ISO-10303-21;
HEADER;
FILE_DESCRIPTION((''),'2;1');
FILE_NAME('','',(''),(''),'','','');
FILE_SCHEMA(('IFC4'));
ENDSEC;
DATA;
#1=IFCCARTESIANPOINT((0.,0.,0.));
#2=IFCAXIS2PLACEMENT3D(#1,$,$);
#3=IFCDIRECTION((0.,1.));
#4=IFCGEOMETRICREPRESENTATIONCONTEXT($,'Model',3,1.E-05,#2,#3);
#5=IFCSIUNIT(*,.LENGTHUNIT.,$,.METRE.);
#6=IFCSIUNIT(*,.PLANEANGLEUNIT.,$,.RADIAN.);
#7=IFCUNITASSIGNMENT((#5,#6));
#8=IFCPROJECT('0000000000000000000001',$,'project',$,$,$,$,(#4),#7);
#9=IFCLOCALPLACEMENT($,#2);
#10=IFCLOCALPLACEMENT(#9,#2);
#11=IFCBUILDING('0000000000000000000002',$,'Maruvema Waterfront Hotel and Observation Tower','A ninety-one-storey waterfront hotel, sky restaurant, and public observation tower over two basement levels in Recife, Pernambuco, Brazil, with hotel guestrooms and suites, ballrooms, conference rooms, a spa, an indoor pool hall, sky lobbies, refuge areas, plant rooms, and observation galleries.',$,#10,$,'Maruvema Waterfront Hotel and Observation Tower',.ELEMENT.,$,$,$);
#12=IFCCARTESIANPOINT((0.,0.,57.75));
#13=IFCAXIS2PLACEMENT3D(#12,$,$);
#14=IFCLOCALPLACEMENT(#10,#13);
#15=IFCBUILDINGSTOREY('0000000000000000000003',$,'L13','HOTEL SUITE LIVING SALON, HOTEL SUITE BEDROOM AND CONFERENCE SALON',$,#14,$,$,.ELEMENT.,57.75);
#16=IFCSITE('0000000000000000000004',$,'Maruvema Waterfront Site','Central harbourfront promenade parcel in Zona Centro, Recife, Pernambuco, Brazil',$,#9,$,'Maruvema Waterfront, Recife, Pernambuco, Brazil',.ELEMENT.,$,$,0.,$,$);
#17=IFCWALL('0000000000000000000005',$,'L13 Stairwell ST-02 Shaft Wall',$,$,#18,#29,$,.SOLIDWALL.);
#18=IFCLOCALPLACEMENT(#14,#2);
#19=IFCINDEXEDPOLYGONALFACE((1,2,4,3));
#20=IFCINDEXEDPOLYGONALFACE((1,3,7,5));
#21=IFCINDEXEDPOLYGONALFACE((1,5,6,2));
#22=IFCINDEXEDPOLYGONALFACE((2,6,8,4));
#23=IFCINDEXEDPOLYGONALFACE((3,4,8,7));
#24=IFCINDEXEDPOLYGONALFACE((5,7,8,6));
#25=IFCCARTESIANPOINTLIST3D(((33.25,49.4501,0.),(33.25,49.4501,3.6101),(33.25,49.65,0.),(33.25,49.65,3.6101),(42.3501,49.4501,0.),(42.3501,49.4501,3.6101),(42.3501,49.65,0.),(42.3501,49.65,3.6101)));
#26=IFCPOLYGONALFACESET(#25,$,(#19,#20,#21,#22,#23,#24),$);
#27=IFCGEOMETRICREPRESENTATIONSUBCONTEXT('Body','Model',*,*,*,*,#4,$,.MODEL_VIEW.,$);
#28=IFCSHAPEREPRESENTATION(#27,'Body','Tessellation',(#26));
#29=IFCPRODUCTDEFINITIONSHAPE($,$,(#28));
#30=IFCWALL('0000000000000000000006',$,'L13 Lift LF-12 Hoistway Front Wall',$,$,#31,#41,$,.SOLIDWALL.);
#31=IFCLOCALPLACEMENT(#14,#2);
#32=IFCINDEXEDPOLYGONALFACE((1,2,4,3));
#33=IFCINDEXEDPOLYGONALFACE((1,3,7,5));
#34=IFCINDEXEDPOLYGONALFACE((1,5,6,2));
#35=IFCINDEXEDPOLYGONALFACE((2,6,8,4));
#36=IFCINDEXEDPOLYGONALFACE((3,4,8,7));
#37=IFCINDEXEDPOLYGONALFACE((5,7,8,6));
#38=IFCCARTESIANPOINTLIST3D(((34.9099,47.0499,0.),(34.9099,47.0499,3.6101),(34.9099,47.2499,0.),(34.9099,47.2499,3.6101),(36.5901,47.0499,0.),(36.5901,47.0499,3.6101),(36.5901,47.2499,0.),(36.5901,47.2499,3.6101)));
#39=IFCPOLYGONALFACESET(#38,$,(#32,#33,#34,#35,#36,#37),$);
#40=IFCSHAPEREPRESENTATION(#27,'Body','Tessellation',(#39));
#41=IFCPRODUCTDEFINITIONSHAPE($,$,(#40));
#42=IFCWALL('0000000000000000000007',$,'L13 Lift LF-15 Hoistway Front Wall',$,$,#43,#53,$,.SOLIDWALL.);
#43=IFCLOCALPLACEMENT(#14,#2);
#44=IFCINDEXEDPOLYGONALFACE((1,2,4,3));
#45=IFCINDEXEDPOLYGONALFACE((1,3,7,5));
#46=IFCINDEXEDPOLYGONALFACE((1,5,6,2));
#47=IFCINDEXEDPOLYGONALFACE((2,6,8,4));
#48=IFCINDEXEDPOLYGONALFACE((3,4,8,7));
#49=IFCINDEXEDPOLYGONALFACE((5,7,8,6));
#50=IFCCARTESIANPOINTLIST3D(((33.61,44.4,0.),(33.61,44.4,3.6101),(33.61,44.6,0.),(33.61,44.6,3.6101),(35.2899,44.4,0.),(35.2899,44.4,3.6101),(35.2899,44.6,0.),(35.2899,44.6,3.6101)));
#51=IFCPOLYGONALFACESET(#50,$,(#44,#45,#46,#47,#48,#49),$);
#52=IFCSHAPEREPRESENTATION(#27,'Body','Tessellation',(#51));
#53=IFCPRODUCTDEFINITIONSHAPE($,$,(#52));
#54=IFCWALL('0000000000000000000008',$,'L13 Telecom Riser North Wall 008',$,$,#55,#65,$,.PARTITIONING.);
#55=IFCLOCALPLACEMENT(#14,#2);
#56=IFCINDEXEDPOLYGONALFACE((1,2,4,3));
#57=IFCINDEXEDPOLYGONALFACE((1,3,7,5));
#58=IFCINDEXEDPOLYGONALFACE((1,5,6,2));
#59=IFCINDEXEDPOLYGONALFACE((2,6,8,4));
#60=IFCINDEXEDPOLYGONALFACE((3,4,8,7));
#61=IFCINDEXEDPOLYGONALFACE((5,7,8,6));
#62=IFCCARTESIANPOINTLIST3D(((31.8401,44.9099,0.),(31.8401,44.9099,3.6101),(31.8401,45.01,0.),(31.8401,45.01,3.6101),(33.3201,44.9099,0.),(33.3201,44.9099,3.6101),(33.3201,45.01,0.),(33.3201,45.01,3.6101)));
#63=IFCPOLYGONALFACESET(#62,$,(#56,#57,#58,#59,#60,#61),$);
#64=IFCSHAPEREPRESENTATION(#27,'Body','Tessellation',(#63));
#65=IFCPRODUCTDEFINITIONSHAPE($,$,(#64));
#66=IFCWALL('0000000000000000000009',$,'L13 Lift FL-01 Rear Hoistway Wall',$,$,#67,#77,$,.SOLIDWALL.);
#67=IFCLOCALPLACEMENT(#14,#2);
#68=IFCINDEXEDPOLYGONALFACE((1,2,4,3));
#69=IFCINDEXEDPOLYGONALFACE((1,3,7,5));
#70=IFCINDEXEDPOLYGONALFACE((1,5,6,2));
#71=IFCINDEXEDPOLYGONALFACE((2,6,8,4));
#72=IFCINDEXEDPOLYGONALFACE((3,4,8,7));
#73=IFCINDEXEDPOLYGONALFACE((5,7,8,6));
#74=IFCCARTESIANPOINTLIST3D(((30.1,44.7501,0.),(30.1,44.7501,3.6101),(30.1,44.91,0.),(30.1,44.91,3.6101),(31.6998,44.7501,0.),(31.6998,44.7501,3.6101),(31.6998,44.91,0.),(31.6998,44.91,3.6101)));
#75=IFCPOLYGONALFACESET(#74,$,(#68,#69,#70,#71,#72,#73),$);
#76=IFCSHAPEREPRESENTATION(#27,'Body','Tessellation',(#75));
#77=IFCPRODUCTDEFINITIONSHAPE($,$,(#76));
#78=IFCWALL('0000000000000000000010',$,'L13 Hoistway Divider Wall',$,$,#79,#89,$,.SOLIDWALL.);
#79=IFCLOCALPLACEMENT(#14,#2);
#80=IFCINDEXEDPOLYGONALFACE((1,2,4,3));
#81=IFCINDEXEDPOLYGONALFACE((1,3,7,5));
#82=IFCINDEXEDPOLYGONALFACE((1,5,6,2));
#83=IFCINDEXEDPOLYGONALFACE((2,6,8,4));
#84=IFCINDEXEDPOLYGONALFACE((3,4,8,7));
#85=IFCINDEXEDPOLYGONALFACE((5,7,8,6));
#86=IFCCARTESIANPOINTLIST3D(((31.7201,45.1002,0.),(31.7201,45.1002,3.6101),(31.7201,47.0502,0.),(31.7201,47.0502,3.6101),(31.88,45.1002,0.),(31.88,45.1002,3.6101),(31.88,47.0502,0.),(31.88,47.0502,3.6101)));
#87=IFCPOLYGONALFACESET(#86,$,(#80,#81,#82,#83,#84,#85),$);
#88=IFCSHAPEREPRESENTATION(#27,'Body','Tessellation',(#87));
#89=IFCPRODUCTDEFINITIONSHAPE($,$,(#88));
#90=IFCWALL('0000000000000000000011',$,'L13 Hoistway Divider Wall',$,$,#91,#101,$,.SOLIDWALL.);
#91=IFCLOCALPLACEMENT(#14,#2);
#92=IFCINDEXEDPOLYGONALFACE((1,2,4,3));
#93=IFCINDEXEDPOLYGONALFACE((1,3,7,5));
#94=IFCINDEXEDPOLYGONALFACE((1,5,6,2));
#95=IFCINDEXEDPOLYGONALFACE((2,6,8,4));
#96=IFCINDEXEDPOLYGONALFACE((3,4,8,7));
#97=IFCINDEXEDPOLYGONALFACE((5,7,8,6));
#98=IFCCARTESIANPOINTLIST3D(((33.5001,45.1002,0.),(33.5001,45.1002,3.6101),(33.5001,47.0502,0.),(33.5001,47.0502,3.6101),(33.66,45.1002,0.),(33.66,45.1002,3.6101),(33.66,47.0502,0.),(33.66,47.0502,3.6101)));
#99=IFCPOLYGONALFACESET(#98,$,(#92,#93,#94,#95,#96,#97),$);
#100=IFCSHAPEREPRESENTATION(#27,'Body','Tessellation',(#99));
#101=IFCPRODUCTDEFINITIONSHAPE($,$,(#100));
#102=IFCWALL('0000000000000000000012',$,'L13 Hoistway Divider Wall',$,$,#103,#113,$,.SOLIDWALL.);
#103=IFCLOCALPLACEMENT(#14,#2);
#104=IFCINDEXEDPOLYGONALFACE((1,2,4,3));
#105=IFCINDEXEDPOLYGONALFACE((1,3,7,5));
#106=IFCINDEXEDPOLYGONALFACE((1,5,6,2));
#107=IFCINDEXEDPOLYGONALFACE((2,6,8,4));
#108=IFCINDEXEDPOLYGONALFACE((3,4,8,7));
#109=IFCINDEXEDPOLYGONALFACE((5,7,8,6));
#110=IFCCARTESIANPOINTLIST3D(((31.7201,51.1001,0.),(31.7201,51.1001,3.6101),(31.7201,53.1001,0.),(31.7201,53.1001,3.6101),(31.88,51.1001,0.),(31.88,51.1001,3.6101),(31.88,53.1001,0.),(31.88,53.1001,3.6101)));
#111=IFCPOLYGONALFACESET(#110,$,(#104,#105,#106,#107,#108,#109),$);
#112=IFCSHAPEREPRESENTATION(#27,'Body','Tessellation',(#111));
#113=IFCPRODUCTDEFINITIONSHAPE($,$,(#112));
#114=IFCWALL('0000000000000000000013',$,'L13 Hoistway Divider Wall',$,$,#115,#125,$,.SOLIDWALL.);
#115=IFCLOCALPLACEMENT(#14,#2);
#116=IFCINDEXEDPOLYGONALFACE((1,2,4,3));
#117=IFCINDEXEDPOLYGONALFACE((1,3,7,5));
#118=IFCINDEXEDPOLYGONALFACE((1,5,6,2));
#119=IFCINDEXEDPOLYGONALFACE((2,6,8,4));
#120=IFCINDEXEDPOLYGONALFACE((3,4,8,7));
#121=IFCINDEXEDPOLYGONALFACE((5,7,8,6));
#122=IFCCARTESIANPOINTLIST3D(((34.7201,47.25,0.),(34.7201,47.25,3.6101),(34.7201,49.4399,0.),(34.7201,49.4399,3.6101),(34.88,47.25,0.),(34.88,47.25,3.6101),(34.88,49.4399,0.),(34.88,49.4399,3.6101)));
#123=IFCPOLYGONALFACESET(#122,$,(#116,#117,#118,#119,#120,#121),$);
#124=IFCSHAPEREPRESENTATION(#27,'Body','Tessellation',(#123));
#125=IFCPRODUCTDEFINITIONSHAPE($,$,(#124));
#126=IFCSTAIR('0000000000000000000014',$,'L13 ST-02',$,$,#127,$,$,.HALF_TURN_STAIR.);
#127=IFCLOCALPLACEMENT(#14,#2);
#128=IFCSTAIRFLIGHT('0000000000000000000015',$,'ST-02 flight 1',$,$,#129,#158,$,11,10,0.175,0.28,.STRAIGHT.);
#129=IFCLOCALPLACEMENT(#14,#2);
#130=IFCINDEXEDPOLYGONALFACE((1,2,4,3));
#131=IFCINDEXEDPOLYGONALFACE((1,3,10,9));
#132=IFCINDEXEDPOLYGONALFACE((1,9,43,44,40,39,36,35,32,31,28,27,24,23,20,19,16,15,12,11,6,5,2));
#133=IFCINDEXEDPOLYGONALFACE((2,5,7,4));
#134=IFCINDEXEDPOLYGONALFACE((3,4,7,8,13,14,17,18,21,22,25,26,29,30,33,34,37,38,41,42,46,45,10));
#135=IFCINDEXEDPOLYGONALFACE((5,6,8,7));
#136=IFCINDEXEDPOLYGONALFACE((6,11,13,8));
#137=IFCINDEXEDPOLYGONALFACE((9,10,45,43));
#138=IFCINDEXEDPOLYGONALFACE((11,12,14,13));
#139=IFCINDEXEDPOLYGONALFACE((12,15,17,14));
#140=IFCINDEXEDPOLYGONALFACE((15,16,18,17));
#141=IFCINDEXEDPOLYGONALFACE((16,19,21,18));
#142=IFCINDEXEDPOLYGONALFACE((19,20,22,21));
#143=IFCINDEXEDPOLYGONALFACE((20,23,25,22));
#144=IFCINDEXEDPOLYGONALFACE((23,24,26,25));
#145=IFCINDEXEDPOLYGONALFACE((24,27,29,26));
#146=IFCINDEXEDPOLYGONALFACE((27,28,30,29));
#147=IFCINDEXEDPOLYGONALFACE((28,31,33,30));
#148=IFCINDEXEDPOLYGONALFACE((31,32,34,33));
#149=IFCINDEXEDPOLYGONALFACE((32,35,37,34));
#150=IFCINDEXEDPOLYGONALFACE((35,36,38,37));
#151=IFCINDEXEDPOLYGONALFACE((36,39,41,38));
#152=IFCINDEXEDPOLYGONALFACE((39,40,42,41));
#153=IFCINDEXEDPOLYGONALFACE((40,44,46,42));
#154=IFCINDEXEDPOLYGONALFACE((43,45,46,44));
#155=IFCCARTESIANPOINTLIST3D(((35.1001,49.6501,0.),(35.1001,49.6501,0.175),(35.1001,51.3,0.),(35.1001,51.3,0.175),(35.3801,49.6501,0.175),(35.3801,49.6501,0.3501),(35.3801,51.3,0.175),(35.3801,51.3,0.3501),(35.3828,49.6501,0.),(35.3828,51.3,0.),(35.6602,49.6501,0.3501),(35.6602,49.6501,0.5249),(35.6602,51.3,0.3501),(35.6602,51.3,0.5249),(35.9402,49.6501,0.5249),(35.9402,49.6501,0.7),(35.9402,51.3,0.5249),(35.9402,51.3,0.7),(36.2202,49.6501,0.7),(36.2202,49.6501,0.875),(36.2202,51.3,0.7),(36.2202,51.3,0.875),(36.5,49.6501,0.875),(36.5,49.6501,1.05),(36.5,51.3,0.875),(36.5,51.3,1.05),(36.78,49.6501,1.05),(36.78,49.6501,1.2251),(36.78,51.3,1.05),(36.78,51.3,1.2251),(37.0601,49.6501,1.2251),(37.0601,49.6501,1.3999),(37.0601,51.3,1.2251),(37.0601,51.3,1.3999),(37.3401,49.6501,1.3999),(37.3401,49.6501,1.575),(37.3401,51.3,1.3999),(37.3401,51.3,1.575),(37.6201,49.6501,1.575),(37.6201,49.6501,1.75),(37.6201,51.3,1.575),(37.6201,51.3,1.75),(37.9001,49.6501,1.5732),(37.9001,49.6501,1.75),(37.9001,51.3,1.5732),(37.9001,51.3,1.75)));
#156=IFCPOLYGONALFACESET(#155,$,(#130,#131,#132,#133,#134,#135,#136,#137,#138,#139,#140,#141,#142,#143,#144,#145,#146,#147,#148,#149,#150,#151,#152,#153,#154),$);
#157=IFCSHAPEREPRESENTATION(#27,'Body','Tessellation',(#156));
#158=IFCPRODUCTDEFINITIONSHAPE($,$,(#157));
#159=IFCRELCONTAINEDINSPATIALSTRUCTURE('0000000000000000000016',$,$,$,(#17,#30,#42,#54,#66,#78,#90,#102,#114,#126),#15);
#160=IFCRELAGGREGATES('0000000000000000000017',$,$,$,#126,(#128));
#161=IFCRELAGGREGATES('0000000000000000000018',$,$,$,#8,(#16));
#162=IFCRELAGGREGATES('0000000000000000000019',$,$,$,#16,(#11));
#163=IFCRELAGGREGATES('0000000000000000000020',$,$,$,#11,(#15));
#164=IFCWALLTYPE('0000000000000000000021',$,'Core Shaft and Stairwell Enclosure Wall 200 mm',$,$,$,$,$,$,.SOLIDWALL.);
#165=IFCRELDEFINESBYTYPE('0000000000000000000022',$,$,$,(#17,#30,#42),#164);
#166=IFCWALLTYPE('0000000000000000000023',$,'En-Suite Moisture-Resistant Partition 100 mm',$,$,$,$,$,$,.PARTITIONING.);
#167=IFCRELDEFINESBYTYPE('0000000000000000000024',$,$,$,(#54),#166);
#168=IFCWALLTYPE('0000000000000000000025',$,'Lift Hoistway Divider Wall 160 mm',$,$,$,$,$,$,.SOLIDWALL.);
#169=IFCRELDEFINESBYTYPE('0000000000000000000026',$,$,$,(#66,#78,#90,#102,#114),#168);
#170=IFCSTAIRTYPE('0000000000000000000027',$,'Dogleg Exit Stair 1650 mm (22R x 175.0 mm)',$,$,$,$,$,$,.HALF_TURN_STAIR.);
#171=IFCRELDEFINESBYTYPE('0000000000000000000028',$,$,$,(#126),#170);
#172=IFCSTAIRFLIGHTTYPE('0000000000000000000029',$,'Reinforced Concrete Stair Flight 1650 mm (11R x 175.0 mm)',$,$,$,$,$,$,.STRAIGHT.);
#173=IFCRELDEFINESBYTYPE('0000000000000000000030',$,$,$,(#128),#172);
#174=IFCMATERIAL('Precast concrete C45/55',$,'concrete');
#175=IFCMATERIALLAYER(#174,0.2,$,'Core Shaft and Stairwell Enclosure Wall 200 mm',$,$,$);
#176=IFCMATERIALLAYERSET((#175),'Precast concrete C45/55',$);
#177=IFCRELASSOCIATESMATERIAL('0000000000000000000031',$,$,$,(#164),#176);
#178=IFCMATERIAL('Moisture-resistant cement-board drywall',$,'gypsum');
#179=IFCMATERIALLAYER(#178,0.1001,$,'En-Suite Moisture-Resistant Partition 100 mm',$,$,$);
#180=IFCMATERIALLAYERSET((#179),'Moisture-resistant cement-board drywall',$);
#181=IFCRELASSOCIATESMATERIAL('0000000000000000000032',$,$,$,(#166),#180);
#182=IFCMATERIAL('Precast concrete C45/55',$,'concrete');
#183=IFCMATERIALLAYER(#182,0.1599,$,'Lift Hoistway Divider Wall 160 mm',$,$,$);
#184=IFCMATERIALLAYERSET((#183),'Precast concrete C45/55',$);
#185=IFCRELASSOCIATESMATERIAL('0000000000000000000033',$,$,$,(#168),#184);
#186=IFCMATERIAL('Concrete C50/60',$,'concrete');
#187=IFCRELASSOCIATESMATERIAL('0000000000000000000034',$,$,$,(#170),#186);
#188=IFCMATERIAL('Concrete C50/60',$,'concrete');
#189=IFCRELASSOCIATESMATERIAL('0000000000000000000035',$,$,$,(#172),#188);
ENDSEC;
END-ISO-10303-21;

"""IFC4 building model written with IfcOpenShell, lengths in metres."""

from ifc_helpers import new_model, si_unit, direction, frame, frame_2d, origin, place, context, subcontext, project, spatial, polyline, rectangle, outline, extrude, material, layer, layer_set, type_object, element, aggregate, save


model = new_model("IFC4")

# Units and contexts
model_context = context("Model", 3, precision=1e-05, world=origin(), true_north=direction((0.0, 1.0)))
body_context = subcontext(model_context, "Body", "Model", "MODEL_VIEW")
ifc_project = project(units=[si_unit("LENGTHUNIT", "METRE"), si_unit("PLANEANGLEUNIT", "RADIAN")], contexts=[model_context])

# Site, building, storey
site_placement = place(None, origin())
site = spatial("IfcSite", under=ifc_project, at=site_placement, Name="Maruvema Waterfront Site", Description="Central harbourfront promenade parcel in Zona Centro, Recife, Pernambuco, Brazil", LongName="Maruvema Waterfront, Recife, Pernambuco, Brazil", CompositionType="ELEMENT", RefElevation=0.0)
building_placement = place(site_placement, origin())
building = spatial("IfcBuilding", under=site, at=building_placement, Name="Maruvema Waterfront Hotel and Observation Tower", Description="A ninety-one-storey waterfront hotel, sky restaurant, and public observation tower over two basement levels in Recife, Pernambuco, Brazil, with hotel guestrooms and suites, ballrooms, conference rooms, a spa, an indoor pool hall, sky lobbies, refuge areas, plant rooms, and observation galleries.", LongName="Maruvema Waterfront Hotel and Observation Tower", CompositionType="ELEMENT")
storey_placement = place(building_placement, frame((0.0, 0.0, 57.75)))
storey = spatial("IfcBuildingStorey", under=building, at=storey_placement, Name="L13", Description="HOTEL SUITE LIVING SALON, HOTEL SUITE BEDROOM AND CONFERENCE SALON", CompositionType="ELEMENT", Elevation=57.75)

# Wall
ifc_material_1 = material(Name="Precast concrete C45/55", Category="concrete")
ifc_layer_1 = layer(ifc_material_1, 0.2, Name="Core Shaft and Stairwell Enclosure Wall 200 mm")
ifc_layer_set_1 = layer_set([ifc_layer_1], Name="Precast concrete C45/55")
wall_type_1 = type_object("IfcWallType", Name="Core Shaft and Stairwell Enclosure Wall 200 mm", PredefinedType="SOLIDWALL", material=ifc_layer_set_1)
wall_1_placement = place(storey_placement, frame((33.25, 49.55, 0.0), z_axis=(0.0, 0.0, 1.0), x_axis=(1.0, 0.0, 0.0)))
element("IfcWall", 1, at=wall_1_placement, inside=storey, type_object=wall_type_1, Name="L13 Stairwell ST-02 Shaft Wall", PredefinedType="SOLIDWALL", context=body_context, shape_type="SweptSolid", body=[
    extrude(rectangle(XDim=9.1001, YDim=0.2, at=frame_2d((4.55, 0.0))), origin(), (0.0, 0.0, 1.0), 3.6101),
])

# Walls
wall_2_placement = place(storey_placement, frame((34.9099, 47.1499, 0.0), z_axis=(0.0, 0.0, 1.0), x_axis=(1.0, 0.0, 0.0)))
element("IfcWall", 2, at=wall_2_placement, inside=storey, type_object=wall_type_1, Name="L13 Lift LF-12 Hoistway Front Wall", PredefinedType="SOLIDWALL", context=body_context, shape_type="SweptSolid", body=[
    extrude(rectangle(XDim=1.6802, YDim=0.2, at=frame_2d((0.8401, 0.0))), origin(), (0.0, 0.0, 1.0), 3.6101),
])
wall_3_placement = place(storey_placement, frame((33.6101, 44.5, 0.0), z_axis=(0.0, 0.0, 1.0), x_axis=(1.0, 0.0, 0.0)))
element("IfcWall", 3, at=wall_3_placement, inside=storey, type_object=wall_type_1, Name="L13 Lift LF-15 Hoistway Front Wall", PredefinedType="SOLIDWALL", context=body_context, shape_type="SweptSolid", body=[
    extrude(rectangle(XDim=1.6799, YDim=0.2, at=frame_2d((0.8398, 0.0))), origin(), (0.0, 0.0, 1.0), 3.6101),
])
ifc_material_2 = material(Name="Moisture-resistant cement-board drywall", Category="gypsum")
ifc_layer_2 = layer(ifc_material_2, 0.1001, Name="En-Suite Moisture-Resistant Partition 100 mm")
ifc_layer_set_2 = layer_set([ifc_layer_2], Name="Moisture-resistant cement-board drywall")
wall_type_2 = type_object("IfcWallType", Name="En-Suite Moisture-Resistant Partition 100 mm", PredefinedType="PARTITIONING", material=ifc_layer_set_2)
wall_4_placement = place(storey_placement, frame((31.8401, 44.96, 0.0), z_axis=(0.0, 0.0, 1.0), x_axis=(1.0, 0.0, 0.0)))
element("IfcWall", 4, at=wall_4_placement, inside=storey, type_object=wall_type_2, Name="L13 Telecom Riser North Wall 008", PredefinedType="PARTITIONING", context=body_context, shape_type="SweptSolid", body=[
    extrude(rectangle(XDim=1.48, YDim=0.1001, at=frame_2d((0.74, 0.0))), origin(), (0.0, 0.0, 1.0), 3.6101),
])
ifc_material_3 = material(Name="Precast concrete C45/55", Category="concrete")
ifc_layer_3 = layer(ifc_material_3, 0.1599, Name="Lift Hoistway Divider Wall 160 mm")
ifc_layer_set_3 = layer_set([ifc_layer_3], Name="Precast concrete C45/55")
wall_type_3 = type_object("IfcWallType", Name="Lift Hoistway Divider Wall 160 mm", PredefinedType="SOLIDWALL", material=ifc_layer_set_3)
wall_5_placement = place(storey_placement, frame((30.1001, 44.8301, 0.0), z_axis=(0.0, 0.0, 1.0), x_axis=(1.0, 0.0, 0.0)))
element("IfcWall", 5, at=wall_5_placement, inside=storey, type_object=wall_type_3, Name="L13 Lift FL-01 Rear Hoistway Wall", PredefinedType="SOLIDWALL", context=body_context, shape_type="SweptSolid", body=[
    extrude(rectangle(XDim=1.5999, YDim=0.1599, at=frame_2d((0.7998, 0.0))), origin(), (0.0, 0.0, 1.0), 3.6101),
])
for number, where, z_axis, x_axis, name in (
    (6, (31.8, 45.1001, 0.0), (0.0, 0.0, 1.0), (0.0, 1.0, 0.0), "L13 Hoistway Divider Wall"),
    (7, (33.5801, 45.1001, 0.0), (0.0, 0.0, 1.0), (0.0, 1.0, 0.0), "L13 Hoistway Divider Wall"),
):
    element("IfcWall", number, at=place(storey_placement, frame(where, z_axis=z_axis, x_axis=x_axis)), inside=storey, type_object=wall_type_3, Name=name, PredefinedType="SOLIDWALL", context=body_context, shape_type="SweptSolid", body=[
        extrude(rectangle(XDim=1.95, YDim=0.1599, at=frame_2d((0.9751, 0.0))), origin(), (0.0, 0.0, 1.0), 3.6101),
    ])
wall_6_placement = place(storey_placement, frame((31.8, 51.1001, 0.0), z_axis=(0.0, 0.0, 1.0), x_axis=(0.0, 1.0, 0.0)))
element("IfcWall", 8, at=wall_6_placement, inside=storey, type_object=wall_type_3, Name="L13 Hoistway Divider Wall", PredefinedType="SOLIDWALL", context=body_context, shape_type="SweptSolid", body=[
    extrude(rectangle(XDim=2.0, YDim=0.1599, at=frame_2d((1.0, 0.0))), origin(), (0.0, 0.0, 1.0), 3.6101),
])
wall_7_placement = place(storey_placement, frame((34.8, 47.25, 0.0), z_axis=(0.0, 0.0, 1.0), x_axis=(0.0, 1.0, 0.0)))
element("IfcWall", 9, at=wall_7_placement, inside=storey, type_object=wall_type_3, Name="L13 Hoistway Divider Wall", PredefinedType="SOLIDWALL", context=body_context, shape_type="SweptSolid", body=[
    extrude(rectangle(XDim=2.1899, YDim=0.1599, at=frame_2d((1.095, 0.0))), origin(), (0.0, 0.0, 1.0), 3.6101),
])

# Stair, stair flight
ifc_material_4 = material(Name="Concrete C50/60", Category="concrete")
stair_type = type_object("IfcStairType", Name="Dogleg Exit Stair 1650 mm (22R x 175.0 mm)", PredefinedType="HALF_TURN_STAIR", material=ifc_material_4)
stair_placement = place(storey_placement, origin())
stair = element("IfcStair", 10, at=stair_placement, inside=storey, type_object=stair_type, Name="L13 ST-02", PredefinedType="HALF_TURN_STAIR")
ifc_material_5 = material(Name="Concrete C50/60", Category="concrete")
stair_flight_type = type_object("IfcStairFlightType", Name="Reinforced Concrete Stair Flight 1650 mm (11R x 175.0 mm)", PredefinedType="STRAIGHT", material=ifc_material_5)
stair_flight_placement = place(storey_placement, frame((35.1001, 50.4751, 0.0), z_axis=(0.0, 0.0, 1.0), x_axis=(1.0, 0.0, 0.0)))
stair_flight = element("IfcStairFlight", 11, at=stair_flight_placement, type_object=stair_flight_type, Name="ST-02 flight 1", NumberOfRisers=11, NumberOfTreads=10, PredefinedType="STRAIGHT", RiserHeight=0.175, TreadLength=0.28, context=body_context, shape_type="SweptSolid", body=[
    extrude(outline(polyline([(0.0, 0.0), (0.0, 0.175), (0.28, 0.175), (0.28, 0.3501), (0.5601, 0.3501), (0.5601, 0.5249), (0.8401, 0.5249), (0.8401, 0.7), (1.1201, 0.7), (1.1201, 0.875), (1.3999, 0.875), (1.3999, 1.05), (1.6799, 1.05), (1.6799, 1.2251), (1.96, 1.2251), (1.96, 1.3999), (2.24, 1.3999), (2.24, 1.575), (2.52, 1.575), (2.52, 1.75), (2.8, 1.75), (2.8, 1.925), (2.8, 1.5732), (0.2827, 0.0), (0.0, 0.0)])), frame((0.0, 0.825, 0.0), z_axis=(0.0, -1.0, 0.0), x_axis=(1.0, 0.0, 0.0)), (0.0, 0.0, 1.0), 1.6499),
])
aggregate(stair, [stair_flight])

save(model, "model.ifc")
